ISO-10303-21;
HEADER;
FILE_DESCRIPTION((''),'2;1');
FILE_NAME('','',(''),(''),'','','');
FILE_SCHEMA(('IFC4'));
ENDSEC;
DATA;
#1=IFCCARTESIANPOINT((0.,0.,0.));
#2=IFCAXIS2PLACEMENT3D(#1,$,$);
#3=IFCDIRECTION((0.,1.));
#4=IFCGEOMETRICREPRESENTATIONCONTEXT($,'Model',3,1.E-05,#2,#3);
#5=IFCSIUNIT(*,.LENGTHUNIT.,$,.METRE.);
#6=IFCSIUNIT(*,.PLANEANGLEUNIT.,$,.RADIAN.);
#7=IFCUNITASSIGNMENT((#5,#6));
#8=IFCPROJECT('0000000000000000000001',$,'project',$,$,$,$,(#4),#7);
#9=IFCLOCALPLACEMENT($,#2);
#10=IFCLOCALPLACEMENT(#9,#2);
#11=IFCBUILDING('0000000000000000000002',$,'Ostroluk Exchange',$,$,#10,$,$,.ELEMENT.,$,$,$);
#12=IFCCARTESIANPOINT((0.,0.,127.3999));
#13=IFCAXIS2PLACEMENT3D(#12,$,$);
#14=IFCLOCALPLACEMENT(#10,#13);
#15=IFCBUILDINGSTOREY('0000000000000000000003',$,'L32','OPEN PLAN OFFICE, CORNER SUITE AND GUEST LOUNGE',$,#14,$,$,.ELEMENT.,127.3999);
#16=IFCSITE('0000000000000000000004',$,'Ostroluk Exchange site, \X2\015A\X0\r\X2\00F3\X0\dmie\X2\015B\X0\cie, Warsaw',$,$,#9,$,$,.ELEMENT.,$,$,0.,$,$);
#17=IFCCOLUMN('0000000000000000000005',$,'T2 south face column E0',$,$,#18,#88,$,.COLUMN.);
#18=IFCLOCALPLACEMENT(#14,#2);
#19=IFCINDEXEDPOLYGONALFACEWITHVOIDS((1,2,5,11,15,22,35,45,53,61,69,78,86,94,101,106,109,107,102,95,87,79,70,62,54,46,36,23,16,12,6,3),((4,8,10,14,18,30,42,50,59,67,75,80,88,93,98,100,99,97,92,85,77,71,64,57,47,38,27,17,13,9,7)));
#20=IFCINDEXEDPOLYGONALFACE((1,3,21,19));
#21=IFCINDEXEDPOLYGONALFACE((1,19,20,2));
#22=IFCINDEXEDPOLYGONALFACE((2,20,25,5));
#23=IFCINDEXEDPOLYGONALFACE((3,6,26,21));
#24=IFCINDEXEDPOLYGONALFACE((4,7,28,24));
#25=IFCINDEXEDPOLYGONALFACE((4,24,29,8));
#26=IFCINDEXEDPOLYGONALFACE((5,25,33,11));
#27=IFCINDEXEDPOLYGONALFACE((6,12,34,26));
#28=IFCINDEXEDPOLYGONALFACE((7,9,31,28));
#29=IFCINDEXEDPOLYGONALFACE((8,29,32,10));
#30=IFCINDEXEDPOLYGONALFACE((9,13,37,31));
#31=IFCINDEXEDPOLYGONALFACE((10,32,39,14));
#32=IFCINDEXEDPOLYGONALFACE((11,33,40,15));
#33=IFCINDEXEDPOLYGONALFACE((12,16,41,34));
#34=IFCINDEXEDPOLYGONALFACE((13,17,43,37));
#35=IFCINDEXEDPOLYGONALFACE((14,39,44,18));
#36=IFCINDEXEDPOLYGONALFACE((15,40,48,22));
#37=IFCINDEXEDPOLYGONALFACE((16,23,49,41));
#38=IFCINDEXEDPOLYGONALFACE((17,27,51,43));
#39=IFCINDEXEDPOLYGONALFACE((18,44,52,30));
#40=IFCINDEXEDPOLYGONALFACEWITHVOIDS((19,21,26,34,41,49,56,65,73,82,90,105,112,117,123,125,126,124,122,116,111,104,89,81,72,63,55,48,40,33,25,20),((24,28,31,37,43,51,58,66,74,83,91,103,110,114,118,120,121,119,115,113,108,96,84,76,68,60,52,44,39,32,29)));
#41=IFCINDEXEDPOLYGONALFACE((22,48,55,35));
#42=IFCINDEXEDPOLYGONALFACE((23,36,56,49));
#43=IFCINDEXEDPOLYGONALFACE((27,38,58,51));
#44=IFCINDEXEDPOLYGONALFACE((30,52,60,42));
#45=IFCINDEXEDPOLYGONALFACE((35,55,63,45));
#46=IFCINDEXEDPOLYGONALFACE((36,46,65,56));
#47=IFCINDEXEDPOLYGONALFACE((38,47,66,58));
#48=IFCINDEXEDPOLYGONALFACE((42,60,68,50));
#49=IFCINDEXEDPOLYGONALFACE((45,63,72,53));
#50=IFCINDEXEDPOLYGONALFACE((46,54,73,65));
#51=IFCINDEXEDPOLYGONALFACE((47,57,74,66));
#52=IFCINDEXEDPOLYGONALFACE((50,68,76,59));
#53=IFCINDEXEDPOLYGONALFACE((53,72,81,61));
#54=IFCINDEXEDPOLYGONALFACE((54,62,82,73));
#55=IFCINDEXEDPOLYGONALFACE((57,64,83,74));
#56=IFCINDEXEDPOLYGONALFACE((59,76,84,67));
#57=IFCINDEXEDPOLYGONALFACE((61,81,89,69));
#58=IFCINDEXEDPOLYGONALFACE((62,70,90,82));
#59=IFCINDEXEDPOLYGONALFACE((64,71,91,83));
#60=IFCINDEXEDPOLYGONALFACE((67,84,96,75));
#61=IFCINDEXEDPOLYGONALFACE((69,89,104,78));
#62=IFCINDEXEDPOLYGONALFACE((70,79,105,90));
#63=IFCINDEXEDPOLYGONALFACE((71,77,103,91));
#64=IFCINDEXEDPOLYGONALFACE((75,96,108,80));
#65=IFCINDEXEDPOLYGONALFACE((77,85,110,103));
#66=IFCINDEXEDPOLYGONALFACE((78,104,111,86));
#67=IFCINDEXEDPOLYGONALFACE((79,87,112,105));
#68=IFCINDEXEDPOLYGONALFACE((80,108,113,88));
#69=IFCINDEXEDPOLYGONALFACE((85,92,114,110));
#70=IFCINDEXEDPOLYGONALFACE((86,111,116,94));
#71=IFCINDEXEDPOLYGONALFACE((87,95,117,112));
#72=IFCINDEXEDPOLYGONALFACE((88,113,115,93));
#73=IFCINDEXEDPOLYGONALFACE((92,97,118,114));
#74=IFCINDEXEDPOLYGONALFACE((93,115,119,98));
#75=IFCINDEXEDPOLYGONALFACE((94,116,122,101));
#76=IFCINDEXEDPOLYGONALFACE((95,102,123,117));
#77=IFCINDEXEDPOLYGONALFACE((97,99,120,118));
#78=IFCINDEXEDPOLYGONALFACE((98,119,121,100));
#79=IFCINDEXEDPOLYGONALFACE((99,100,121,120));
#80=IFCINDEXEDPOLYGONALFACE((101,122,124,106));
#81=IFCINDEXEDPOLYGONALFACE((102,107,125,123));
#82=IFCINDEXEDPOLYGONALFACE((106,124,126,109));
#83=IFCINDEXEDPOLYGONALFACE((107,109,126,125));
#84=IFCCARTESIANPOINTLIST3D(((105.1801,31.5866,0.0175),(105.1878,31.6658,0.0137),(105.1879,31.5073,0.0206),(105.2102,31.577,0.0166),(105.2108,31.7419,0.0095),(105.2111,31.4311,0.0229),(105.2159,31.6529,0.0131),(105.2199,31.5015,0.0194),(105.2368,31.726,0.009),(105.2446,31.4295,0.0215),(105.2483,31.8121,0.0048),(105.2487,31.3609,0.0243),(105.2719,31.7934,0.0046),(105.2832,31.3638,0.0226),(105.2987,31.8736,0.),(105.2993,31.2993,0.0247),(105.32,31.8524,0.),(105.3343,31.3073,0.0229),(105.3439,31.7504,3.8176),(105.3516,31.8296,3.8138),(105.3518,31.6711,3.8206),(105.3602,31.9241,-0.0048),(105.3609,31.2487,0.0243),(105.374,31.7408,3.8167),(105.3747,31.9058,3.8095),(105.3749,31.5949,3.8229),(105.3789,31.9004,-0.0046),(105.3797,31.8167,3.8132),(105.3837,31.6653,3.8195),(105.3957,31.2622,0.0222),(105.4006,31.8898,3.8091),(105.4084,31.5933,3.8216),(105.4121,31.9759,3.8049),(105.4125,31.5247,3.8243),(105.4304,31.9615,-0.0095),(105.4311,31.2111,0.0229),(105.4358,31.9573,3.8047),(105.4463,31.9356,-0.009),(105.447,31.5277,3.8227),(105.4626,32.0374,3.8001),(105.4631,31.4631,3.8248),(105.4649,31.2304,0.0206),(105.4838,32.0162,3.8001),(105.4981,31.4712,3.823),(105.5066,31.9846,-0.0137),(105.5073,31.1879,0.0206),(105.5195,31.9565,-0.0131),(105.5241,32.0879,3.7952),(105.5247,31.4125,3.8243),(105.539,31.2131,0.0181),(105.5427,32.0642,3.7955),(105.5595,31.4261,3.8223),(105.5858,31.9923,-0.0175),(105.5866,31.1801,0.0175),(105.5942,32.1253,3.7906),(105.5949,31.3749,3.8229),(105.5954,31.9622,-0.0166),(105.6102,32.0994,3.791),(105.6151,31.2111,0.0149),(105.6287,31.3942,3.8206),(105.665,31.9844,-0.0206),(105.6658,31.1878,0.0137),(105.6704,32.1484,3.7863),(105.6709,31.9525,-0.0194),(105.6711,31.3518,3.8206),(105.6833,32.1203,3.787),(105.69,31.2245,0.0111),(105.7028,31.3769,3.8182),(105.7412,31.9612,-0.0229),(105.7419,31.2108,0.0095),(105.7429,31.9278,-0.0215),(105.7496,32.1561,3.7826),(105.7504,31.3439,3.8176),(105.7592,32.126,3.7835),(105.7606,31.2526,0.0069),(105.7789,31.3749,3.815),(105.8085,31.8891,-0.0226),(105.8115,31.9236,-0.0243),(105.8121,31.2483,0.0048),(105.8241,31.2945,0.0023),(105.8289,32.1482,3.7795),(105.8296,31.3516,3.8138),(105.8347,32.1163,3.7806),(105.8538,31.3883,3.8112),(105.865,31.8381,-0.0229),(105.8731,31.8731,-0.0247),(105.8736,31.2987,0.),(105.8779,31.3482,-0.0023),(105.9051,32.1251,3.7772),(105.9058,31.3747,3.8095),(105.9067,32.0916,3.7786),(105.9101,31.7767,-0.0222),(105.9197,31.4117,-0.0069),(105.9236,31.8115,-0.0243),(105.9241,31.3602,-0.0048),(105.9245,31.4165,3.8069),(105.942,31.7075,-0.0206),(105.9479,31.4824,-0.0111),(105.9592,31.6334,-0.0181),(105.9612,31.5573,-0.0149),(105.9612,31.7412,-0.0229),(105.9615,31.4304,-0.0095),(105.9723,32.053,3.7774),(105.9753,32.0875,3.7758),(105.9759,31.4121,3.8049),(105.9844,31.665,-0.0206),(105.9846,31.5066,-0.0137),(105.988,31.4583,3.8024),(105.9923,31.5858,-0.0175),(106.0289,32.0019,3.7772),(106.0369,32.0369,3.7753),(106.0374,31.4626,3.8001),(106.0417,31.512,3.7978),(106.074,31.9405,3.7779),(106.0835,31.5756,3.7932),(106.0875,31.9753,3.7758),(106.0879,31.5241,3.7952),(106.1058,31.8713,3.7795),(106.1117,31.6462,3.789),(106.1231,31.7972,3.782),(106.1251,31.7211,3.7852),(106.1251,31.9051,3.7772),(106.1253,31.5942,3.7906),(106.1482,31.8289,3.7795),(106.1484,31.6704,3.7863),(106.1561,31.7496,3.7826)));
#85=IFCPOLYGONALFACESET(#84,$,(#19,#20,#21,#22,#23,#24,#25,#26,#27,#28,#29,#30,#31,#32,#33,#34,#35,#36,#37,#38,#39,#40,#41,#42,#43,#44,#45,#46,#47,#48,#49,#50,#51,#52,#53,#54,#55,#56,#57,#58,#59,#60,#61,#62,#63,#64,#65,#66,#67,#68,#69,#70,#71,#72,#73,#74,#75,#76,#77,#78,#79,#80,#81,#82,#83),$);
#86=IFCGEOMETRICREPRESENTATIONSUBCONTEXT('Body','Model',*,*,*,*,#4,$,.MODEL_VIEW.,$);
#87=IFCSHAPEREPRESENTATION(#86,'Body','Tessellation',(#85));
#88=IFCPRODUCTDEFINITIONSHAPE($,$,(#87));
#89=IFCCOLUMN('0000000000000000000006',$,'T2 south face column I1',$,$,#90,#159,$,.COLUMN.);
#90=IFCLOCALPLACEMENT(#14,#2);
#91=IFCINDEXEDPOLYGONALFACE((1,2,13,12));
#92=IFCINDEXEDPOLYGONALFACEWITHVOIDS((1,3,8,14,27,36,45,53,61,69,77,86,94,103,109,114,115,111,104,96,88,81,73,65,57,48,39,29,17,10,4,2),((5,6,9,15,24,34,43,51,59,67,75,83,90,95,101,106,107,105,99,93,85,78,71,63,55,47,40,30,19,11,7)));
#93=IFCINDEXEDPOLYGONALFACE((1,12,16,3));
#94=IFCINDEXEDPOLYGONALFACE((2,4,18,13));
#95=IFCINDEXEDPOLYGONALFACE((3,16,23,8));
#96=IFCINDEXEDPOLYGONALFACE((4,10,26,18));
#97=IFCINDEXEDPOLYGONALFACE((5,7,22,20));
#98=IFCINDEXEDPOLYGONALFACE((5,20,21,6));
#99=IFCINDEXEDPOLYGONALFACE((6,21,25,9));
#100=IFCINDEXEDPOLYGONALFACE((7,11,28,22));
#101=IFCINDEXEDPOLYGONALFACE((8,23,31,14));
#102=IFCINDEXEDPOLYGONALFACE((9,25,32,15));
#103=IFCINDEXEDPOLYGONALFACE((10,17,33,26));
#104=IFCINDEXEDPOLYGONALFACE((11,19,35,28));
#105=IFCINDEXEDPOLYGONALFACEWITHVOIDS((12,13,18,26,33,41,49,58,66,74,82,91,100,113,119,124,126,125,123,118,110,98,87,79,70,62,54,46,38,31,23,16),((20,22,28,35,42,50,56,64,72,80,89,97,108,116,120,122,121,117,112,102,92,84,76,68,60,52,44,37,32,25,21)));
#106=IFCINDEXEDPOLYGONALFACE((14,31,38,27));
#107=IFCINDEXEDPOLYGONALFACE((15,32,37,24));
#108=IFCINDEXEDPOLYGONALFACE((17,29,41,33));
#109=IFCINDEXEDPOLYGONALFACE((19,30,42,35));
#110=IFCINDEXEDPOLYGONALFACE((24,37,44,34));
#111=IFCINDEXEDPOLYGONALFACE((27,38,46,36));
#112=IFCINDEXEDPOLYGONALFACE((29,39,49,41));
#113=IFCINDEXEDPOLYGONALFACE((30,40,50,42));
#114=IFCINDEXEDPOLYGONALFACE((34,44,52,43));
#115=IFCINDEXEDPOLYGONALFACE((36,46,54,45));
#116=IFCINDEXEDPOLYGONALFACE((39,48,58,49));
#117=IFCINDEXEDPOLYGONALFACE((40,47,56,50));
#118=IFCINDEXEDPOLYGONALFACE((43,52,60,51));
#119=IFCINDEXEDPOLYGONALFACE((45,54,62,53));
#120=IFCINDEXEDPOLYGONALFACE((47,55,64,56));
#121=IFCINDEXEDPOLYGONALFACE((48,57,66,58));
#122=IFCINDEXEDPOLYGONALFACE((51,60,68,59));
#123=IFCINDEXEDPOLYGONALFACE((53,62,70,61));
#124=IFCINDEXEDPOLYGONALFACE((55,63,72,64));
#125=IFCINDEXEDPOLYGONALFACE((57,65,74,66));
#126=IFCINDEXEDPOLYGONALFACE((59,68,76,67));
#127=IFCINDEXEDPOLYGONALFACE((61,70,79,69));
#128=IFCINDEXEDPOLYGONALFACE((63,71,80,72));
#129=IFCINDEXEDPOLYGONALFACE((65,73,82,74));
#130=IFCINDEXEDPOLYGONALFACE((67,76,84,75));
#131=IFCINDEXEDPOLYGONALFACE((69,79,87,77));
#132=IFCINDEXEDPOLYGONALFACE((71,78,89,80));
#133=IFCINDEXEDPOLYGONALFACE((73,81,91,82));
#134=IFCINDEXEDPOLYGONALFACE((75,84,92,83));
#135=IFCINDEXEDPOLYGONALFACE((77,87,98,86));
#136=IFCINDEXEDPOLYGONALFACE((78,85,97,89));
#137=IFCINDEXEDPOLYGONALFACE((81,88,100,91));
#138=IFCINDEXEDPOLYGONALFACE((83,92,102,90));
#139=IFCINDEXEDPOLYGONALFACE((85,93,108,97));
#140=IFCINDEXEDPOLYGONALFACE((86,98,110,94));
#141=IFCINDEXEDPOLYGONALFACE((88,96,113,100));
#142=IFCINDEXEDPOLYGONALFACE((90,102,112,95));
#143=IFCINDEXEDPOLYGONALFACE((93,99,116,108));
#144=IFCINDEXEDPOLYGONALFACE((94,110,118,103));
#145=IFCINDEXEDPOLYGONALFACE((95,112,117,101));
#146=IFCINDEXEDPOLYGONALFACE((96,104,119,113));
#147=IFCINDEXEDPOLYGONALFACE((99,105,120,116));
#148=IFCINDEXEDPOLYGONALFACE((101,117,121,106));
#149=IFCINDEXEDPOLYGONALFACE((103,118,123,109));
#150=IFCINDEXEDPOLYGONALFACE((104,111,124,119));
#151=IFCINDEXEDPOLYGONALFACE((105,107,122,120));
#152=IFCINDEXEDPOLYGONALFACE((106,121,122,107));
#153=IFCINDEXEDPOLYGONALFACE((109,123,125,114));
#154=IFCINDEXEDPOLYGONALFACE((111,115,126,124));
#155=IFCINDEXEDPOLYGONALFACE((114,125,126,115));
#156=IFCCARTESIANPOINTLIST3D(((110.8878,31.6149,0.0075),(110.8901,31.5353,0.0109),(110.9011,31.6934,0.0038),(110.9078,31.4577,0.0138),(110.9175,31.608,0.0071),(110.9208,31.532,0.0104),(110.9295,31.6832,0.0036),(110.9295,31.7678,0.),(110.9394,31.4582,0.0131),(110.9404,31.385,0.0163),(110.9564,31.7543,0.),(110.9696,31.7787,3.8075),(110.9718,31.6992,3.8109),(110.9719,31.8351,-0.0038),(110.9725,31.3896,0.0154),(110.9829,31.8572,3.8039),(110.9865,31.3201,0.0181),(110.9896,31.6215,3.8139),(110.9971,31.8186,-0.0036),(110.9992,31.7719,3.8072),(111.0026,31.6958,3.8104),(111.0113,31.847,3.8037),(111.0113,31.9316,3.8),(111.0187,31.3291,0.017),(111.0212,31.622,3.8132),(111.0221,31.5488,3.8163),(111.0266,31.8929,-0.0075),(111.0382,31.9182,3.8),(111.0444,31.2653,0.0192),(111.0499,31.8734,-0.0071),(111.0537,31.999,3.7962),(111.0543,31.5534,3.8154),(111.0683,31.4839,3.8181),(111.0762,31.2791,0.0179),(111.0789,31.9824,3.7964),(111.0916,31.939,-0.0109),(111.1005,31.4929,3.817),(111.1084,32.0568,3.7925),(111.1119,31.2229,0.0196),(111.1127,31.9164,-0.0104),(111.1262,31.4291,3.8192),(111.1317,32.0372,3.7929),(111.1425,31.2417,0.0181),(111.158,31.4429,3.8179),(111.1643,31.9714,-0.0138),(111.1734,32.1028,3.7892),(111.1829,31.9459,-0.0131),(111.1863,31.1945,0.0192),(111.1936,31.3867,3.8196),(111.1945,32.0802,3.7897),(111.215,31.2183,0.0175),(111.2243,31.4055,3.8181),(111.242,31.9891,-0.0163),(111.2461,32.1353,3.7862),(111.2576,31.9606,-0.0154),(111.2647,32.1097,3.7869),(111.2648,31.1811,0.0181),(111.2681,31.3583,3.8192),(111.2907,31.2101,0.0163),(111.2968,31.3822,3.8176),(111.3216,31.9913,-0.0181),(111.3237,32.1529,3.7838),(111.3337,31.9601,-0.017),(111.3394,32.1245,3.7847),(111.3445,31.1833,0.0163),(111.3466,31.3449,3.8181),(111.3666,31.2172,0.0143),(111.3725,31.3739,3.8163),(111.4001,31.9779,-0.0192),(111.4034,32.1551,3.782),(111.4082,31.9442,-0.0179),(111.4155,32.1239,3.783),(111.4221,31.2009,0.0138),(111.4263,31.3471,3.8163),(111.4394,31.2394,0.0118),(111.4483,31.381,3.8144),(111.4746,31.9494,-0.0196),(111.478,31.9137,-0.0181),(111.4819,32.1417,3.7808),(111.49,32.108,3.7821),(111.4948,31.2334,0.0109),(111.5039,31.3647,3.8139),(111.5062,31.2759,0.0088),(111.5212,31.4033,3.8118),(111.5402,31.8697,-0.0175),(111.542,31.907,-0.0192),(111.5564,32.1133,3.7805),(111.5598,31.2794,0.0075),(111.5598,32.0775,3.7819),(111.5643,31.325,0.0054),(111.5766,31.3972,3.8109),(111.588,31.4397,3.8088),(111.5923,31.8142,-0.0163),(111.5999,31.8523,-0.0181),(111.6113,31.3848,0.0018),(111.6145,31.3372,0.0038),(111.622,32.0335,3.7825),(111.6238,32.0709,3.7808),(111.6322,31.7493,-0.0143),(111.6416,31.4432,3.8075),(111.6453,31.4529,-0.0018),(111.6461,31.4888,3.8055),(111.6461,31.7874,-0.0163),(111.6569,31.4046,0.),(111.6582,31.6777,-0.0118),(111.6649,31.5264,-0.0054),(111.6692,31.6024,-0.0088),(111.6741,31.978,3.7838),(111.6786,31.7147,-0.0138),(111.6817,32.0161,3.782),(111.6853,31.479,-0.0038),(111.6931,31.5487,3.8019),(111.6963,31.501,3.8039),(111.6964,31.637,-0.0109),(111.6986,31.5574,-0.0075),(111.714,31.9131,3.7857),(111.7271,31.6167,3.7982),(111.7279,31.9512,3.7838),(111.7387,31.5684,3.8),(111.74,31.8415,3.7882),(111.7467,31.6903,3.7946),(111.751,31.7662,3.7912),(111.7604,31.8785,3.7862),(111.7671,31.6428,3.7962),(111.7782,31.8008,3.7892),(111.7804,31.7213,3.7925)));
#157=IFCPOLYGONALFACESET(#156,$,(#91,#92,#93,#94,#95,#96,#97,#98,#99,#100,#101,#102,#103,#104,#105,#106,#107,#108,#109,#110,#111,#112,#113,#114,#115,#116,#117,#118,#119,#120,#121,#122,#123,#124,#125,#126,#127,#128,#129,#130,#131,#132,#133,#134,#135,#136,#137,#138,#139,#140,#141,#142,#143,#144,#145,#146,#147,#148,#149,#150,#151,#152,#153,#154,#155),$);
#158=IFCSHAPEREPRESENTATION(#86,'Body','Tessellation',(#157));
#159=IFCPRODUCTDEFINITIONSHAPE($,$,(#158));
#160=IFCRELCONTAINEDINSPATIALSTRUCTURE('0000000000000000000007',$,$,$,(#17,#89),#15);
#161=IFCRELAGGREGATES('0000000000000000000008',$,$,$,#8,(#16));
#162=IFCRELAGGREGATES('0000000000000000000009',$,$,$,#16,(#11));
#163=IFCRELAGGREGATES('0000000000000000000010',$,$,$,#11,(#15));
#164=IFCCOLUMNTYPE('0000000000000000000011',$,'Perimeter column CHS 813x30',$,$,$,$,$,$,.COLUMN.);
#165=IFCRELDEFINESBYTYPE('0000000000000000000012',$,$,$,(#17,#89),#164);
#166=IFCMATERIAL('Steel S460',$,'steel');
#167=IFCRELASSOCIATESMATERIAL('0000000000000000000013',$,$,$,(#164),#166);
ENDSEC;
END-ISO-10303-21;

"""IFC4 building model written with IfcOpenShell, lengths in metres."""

from ifc_helpers import new_model, si_unit, direction, frame, origin, origin_2d, place, context, subcontext, project, spatial, hollow_circle, extrude, material, material_profile, profile_set, type_object, element, save


model = new_model("IFC4")

# Units and contexts
model_context = context("Model", 3, precision=1e-05, world=origin(), true_north=direction((0.0, 1.0)))
body_context = subcontext(model_context, "Body", "Model", "MODEL_VIEW")
ifc_project = project(units=[si_unit("LENGTHUNIT", "METRE"), si_unit("PLANEANGLEUNIT", "RADIAN")], contexts=[model_context])

# Site, building, storey
site_placement = place(None, origin())
site = spatial("IfcSite", under=ifc_project, at=site_placement, Name="Ostroluk Exchange site, Śródmieście, Warsaw", CompositionType="ELEMENT", RefElevation=0.0)
building_placement = place(site_placement, origin())
building = spatial("IfcBuilding", under=site, at=building_placement, Name="Ostroluk Exchange", CompositionType="ELEMENT")
storey_placement = place(building_placement, frame((0.0, 0.0, 127.3999)))
storey = spatial("IfcBuildingStorey", under=building, at=storey_placement, Name="L32", Description="OPEN PLAN OFFICE, CORNER SUITE AND GUEST LOUNGE", CompositionType="ELEMENT", Elevation=127.3999)

# Columns
ifc_material_1 = material(Name="Steel S460", Category="steel")
ifc_material_profile_1 = material_profile(ifc_material_1, hollow_circle(Radius=0.4065, WallThickness=0.03, at=origin_2d()), Name="CHS 813x30")
ifc_profile_set_1 = profile_set([ifc_material_profile_1], Name="Steel S460")
column_type = type_object("IfcColumnType", Name="Perimeter column CHS 813x30", PredefinedType="COLUMN", material=ifc_profile_set_1)
column_1_placement = place(storey_placement, frame((105.5862, 31.5862, 0.0), z_axis=(0.04303, 0.04303, 0.998147), x_axis=(-0.707107, 0.707107, 0.0)))
element("IfcColumn", 1, at=column_1_placement, inside=storey, type_object=column_type, Name="T2 south face column E0", PredefinedType="COLUMN", context=body_context, shape_type="SweptSolid", body=[
    extrude(hollow_circle(Radius=0.4065, WallThickness=0.03, at=origin_2d()), origin(), (0.0, 0.0, 1.0), 3.8071),
])
column_2_placement = place(storey_placement, frame((111.2932, 31.5862, 0.0), z_axis=(0.021498, 0.04306, 0.998841), x_axis=(-0.894694, 0.44668, 0.0)))
element("IfcColumn", 2, at=column_2_placement, inside=storey, type_object=column_type, Name="T2 south face column I1", PredefinedType="COLUMN", context=body_context, shape_type="SweptSolid", body=[
    extrude(hollow_circle(Radius=0.4065, WallThickness=0.03, at=origin_2d()), origin(), (0.0, 0.0, 1.0), 3.8044),
])

save(model, "model.ifc")
